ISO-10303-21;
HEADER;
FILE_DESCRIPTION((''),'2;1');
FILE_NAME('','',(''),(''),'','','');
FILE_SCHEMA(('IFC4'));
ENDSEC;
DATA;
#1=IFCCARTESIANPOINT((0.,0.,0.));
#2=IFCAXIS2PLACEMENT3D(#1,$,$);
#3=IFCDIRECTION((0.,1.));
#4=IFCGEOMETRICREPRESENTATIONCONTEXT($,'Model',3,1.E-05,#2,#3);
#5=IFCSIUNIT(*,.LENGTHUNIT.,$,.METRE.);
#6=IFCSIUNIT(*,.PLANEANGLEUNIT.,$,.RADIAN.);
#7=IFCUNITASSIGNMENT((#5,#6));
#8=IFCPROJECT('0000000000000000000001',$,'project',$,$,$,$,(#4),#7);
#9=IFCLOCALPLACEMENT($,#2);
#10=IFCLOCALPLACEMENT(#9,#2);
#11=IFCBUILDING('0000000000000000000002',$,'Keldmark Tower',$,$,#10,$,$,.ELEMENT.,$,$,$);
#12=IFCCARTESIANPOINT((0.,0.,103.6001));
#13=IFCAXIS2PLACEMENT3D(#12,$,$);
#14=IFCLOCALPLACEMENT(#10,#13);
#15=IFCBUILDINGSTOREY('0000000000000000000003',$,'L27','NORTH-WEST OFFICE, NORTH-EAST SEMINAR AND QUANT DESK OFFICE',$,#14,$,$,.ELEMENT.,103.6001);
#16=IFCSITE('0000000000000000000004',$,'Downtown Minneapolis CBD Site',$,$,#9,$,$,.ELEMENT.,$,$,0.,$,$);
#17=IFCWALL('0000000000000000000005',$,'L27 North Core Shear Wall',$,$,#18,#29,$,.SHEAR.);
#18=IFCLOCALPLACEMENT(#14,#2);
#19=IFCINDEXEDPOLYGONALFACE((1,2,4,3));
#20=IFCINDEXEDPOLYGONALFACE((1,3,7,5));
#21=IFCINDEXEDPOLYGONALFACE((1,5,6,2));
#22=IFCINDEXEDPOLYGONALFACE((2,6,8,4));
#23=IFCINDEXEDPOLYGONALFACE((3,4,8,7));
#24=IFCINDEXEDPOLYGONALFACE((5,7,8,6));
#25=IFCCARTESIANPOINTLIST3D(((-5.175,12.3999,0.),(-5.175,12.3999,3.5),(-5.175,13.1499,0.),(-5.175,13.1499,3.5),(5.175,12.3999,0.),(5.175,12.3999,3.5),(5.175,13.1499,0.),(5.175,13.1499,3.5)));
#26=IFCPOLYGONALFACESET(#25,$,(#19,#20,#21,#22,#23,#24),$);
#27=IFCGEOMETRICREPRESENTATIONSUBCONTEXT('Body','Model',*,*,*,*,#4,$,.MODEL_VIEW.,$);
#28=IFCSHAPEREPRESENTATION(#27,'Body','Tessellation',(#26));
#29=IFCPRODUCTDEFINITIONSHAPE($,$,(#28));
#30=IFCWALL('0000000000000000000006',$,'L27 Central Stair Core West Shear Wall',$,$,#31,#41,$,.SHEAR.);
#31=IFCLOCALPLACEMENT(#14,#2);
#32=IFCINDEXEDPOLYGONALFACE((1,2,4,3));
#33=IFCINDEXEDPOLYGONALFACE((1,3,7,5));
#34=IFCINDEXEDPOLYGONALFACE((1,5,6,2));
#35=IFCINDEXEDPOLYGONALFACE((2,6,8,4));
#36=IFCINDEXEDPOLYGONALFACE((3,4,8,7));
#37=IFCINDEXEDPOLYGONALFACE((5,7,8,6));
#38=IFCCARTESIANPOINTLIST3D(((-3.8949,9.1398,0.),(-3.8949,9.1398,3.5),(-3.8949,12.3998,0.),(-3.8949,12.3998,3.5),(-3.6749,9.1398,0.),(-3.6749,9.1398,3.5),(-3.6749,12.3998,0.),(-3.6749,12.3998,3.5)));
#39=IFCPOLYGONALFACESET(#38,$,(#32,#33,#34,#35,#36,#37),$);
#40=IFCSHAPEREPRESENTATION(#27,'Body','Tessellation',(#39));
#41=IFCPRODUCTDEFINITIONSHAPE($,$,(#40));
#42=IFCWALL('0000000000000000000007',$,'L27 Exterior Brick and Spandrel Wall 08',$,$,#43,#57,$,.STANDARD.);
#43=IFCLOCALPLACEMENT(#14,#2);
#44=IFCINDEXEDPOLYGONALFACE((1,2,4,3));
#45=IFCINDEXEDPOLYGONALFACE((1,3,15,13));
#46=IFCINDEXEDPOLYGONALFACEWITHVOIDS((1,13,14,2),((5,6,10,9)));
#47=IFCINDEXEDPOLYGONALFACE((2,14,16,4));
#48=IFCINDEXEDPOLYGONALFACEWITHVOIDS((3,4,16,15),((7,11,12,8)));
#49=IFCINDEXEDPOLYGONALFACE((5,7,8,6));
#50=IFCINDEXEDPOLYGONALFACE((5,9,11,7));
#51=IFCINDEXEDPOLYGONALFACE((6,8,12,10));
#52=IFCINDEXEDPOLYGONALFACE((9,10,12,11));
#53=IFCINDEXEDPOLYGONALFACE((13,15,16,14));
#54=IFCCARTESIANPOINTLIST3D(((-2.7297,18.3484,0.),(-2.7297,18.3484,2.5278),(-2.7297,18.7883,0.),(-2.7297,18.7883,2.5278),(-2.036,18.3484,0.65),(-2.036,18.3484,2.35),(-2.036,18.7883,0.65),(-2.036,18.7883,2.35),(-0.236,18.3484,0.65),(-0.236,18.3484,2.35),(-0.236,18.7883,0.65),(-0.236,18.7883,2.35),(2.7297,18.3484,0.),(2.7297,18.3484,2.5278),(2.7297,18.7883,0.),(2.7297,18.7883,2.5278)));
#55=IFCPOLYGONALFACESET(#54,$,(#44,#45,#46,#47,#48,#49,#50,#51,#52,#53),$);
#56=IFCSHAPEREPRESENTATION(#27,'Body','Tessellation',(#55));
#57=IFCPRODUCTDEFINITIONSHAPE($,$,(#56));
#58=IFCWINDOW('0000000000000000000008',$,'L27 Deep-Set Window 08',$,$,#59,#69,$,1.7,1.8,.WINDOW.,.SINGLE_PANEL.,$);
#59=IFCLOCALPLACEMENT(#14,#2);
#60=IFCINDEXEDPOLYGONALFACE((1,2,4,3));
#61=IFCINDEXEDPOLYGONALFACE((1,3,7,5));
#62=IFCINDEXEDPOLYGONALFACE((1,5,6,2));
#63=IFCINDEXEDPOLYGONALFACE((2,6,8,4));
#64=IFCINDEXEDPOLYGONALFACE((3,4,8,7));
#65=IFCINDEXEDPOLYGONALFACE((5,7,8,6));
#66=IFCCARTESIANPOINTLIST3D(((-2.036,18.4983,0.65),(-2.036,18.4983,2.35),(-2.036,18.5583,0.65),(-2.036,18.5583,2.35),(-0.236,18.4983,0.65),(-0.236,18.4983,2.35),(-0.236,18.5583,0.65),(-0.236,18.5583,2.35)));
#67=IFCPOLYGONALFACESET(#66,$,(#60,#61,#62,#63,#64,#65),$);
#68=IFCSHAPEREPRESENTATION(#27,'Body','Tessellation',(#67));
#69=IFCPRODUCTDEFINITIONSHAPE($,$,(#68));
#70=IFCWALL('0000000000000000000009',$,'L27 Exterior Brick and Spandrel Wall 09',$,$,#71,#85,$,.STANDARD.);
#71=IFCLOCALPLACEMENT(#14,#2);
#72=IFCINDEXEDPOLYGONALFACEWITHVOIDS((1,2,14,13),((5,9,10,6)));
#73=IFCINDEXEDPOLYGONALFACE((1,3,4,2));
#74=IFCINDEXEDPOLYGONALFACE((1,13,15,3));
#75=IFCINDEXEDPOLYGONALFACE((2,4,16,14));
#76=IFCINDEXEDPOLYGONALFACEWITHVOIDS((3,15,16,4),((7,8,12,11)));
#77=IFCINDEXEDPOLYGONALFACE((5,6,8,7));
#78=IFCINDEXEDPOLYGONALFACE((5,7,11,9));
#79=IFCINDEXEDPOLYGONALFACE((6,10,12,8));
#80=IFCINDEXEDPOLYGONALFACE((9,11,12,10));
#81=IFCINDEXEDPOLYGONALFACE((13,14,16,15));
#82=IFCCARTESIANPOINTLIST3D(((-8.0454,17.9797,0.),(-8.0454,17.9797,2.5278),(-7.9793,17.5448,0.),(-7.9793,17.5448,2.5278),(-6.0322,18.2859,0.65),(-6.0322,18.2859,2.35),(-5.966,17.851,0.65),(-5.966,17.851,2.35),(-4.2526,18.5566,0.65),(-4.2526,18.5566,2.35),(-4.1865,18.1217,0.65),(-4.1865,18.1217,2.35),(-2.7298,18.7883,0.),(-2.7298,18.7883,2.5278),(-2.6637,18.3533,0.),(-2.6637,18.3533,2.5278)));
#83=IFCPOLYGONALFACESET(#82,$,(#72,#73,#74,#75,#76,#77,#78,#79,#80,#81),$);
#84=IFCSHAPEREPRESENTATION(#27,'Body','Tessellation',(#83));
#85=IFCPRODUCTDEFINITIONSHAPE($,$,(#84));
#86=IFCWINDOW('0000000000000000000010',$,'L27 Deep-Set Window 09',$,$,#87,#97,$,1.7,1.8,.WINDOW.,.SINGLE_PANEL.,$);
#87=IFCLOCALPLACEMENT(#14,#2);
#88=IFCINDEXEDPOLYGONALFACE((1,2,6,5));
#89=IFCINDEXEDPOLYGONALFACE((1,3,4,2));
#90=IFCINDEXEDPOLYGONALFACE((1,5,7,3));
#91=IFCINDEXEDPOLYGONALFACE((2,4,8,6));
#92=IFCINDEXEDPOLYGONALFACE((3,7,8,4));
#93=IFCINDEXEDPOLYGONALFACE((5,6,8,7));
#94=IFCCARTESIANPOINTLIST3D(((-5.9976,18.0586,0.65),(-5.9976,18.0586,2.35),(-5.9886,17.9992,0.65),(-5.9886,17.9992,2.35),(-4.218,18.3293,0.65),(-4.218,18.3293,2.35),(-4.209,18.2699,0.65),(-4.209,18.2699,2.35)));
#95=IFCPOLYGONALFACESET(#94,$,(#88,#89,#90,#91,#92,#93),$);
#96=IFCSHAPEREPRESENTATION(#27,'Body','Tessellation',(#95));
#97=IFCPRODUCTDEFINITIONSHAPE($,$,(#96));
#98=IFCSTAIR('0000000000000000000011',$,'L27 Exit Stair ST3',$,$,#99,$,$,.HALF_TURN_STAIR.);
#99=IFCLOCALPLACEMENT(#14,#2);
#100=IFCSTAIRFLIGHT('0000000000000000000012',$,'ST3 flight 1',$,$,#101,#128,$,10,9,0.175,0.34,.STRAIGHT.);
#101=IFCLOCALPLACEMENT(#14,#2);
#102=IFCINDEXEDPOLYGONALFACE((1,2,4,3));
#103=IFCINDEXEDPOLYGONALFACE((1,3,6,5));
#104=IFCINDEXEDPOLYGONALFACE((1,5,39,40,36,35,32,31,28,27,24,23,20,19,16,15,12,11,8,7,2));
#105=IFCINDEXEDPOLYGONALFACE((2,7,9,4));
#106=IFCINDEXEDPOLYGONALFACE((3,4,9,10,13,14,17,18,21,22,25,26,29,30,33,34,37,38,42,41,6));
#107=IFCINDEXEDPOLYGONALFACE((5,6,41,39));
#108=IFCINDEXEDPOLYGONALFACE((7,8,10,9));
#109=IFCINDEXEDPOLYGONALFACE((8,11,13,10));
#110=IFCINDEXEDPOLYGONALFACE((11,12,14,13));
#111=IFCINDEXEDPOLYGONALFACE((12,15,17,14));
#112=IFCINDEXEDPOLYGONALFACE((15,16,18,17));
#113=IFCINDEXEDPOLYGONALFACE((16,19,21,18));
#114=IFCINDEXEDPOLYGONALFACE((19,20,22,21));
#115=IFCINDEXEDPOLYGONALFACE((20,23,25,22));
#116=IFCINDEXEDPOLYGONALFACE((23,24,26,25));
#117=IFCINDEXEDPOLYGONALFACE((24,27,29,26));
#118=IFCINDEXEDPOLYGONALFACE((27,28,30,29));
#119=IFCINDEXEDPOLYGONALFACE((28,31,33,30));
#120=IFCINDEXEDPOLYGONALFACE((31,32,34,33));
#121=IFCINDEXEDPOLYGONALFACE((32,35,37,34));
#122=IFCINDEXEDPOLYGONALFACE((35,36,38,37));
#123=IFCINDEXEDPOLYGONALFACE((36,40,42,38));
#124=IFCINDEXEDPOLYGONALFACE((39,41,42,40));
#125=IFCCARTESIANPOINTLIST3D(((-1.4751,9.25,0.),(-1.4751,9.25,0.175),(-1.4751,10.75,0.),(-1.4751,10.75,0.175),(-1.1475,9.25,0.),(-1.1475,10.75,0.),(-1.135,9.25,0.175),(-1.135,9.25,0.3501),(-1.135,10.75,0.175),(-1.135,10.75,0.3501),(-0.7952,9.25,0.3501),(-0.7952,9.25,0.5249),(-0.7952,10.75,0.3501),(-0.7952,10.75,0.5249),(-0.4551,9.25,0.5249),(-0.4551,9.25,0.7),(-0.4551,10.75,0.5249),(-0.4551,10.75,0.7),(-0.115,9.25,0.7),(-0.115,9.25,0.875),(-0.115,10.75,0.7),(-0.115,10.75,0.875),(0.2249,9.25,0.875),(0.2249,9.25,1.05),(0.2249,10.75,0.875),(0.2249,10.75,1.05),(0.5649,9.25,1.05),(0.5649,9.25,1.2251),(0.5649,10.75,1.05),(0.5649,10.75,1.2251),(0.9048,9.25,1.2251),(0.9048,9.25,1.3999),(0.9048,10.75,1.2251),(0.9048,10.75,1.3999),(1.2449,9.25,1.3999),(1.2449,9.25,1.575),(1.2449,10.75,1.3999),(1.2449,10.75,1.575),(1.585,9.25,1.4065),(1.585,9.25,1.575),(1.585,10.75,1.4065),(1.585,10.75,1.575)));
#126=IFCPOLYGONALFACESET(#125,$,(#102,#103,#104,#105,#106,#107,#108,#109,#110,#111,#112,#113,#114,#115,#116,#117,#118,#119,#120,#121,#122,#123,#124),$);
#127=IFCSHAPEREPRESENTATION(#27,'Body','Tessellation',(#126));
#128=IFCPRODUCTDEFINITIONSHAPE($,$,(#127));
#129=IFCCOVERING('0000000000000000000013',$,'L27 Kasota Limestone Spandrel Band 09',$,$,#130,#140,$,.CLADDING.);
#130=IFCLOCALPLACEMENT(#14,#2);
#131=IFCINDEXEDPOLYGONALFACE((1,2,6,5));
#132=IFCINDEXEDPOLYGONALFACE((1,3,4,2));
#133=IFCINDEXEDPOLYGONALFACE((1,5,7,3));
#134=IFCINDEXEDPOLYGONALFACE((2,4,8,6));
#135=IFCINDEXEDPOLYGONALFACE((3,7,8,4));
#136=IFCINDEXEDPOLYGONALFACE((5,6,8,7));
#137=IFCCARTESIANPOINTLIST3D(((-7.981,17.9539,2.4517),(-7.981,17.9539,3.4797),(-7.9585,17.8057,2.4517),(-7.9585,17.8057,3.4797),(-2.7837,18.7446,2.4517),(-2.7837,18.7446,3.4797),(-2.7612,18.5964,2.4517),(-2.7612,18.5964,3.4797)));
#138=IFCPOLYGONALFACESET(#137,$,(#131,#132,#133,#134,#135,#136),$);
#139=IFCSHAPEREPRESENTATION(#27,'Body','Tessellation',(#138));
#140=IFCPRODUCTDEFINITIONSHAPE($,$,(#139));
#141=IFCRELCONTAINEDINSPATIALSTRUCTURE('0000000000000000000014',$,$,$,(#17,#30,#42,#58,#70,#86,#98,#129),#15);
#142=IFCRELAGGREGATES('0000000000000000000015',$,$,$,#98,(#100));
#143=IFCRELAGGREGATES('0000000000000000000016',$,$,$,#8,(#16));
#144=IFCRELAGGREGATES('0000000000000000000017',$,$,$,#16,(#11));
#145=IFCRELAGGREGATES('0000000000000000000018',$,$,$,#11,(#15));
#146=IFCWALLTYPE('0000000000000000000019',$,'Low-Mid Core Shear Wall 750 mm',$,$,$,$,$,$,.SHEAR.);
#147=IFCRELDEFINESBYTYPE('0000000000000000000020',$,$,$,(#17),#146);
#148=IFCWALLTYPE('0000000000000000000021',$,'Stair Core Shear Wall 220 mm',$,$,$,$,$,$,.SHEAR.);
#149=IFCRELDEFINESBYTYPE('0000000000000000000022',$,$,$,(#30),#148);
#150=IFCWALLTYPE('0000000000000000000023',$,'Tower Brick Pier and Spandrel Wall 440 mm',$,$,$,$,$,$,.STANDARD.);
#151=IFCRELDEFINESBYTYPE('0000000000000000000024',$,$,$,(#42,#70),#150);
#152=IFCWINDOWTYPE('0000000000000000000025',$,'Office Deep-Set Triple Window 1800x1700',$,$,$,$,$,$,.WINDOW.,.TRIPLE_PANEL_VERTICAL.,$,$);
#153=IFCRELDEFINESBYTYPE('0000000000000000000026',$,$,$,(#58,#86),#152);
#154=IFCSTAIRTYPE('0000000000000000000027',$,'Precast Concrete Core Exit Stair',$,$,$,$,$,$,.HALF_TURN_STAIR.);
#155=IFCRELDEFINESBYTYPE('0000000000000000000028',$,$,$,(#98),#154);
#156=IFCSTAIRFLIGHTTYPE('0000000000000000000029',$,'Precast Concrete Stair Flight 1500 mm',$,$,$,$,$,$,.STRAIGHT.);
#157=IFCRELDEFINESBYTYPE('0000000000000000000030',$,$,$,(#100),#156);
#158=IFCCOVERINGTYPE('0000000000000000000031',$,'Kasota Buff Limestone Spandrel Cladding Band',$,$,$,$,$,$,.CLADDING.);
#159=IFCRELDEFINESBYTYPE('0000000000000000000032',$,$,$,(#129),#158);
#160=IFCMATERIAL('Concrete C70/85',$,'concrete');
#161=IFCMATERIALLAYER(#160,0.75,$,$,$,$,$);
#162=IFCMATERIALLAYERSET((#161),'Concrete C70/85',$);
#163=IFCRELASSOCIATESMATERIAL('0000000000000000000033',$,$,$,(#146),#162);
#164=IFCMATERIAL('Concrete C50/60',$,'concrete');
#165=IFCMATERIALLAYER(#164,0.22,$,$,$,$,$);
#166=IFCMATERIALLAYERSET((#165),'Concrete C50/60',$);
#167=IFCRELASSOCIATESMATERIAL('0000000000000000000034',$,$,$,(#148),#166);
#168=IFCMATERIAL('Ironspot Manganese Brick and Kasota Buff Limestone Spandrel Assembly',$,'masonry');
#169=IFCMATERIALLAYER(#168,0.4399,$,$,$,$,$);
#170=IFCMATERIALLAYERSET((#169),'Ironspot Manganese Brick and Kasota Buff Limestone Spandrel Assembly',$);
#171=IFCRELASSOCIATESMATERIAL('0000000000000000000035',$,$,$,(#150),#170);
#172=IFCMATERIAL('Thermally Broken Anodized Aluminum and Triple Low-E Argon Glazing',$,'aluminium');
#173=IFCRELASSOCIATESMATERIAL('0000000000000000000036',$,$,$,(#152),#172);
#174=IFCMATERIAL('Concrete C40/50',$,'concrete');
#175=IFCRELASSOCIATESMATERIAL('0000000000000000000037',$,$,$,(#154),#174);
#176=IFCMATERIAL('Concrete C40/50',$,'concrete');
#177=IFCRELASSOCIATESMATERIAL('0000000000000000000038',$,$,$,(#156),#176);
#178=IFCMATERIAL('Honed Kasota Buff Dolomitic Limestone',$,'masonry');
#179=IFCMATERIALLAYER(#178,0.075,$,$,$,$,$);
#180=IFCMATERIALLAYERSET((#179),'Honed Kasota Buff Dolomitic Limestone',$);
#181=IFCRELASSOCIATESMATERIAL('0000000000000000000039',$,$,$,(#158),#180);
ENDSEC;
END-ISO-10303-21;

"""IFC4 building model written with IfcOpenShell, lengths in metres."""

from ifc_helpers import new_model, si_unit, direction, frame, frame_2d, origin, origin_2d, place, context, subcontext, project, spatial, polyline, rectangle, outline, extrude, material, layer, layer_set, type_object, element, fill, aggregate, save


model = new_model("IFC4")

# Units and contexts
model_context = context("Model", 3, precision=1e-05, world=origin(), true_north=direction((0.0, 1.0)))
body_context = subcontext(model_context, "Body", "Model", "MODEL_VIEW")
ifc_project = project(units=[si_unit("LENGTHUNIT", "METRE"), si_unit("PLANEANGLEUNIT", "RADIAN")], contexts=[model_context])

# Site, building, storey
site_placement = place(None, origin())
site = spatial("IfcSite", under=ifc_project, at=site_placement, Name="Downtown Minneapolis CBD Site", CompositionType="ELEMENT", RefElevation=0.0)
building_placement = place(site_placement, origin())
building = spatial("IfcBuilding", under=site, at=building_placement, Name="Keldmark Tower", CompositionType="ELEMENT")
storey_placement = place(building_placement, frame((0.0, 0.0, 103.6001)))
storey = spatial("IfcBuildingStorey", under=building, at=storey_placement, Name="L27", Description="NORTH-WEST OFFICE, NORTH-EAST SEMINAR AND QUANT DESK OFFICE", CompositionType="ELEMENT", Elevation=103.6001)

# Walls
ifc_material_1 = material(Name="Concrete C70/85", Category="concrete")
ifc_layer_1 = layer(ifc_material_1, 0.75)
ifc_layer_set_1 = layer_set([ifc_layer_1], Name="Concrete C70/85")
wall_type_1 = type_object("IfcWallType", Name="Low-Mid Core Shear Wall 750 mm", PredefinedType="SHEAR", material=ifc_layer_set_1)
wall_1_placement = place(storey_placement, frame((-5.175, 12.7749, 0.0), z_axis=(0.0, 0.0, 1.0), x_axis=(1.0, 0.0, 0.0)))
element("IfcWall", 1, at=wall_1_placement, inside=storey, type_object=wall_type_1, Name="L27 North Core Shear Wall", PredefinedType="SHEAR", context=body_context, shape_type="SweptSolid", body=[
    extrude(rectangle(XDim=10.3501, YDim=0.75, at=frame_2d((5.175, 0.0))), origin(), (0.0, 0.0, 1.0), 3.5),
])
ifc_material_2 = material(Name="Concrete C50/60", Category="concrete")
ifc_layer_2 = layer(ifc_material_2, 0.22)
ifc_layer_set_2 = layer_set([ifc_layer_2], Name="Concrete C50/60")
wall_type_2 = type_object("IfcWallType", Name="Stair Core Shear Wall 220 mm", PredefinedType="SHEAR", material=ifc_layer_set_2)
wall_2_placement = place(storey_placement, frame((-3.7849, 9.1399, 0.0), z_axis=(0.0, 0.0, 1.0), x_axis=(0.0, 1.0, 0.0)))
element("IfcWall", 2, at=wall_2_placement, inside=storey, type_object=wall_type_2, Name="L27 Central Stair Core West Shear Wall", PredefinedType="SHEAR", context=body_context, shape_type="SweptSolid", body=[
    extrude(rectangle(XDim=3.26, YDim=0.22, at=frame_2d((1.6299, 0.0))), origin(), (0.0, 0.0, 1.0), 3.5),
])

# Walls, openings, windows
ifc_material_3 = material(Name="Ironspot Manganese Brick and Kasota Buff Limestone Spandrel Assembly", Category="masonry")
ifc_layer_3 = layer(ifc_material_3, 0.4399)
ifc_layer_set_3 = layer_set([ifc_layer_3], Name="Ironspot Manganese Brick and Kasota Buff Limestone Spandrel Assembly")
wall_type_3 = type_object("IfcWallType", Name="Tower Brick Pier and Spandrel Wall 440 mm", PredefinedType="STANDARD", material=ifc_layer_set_3)
wall_3_placement = place(storey_placement, frame((-2.7297, 18.5684, 0.0), z_axis=(0.0, 0.0, 1.0), x_axis=(1.0, 0.0, 0.0)))
wall_3 = element("IfcWall", 3, at=wall_3_placement, inside=storey, type_object=wall_type_3, Name="L27 Exterior Brick and Spandrel Wall 08", PredefinedType="STANDARD", context=body_context, shape_type="SweptSolid", body=[
    extrude(rectangle(XDim=5.4595, YDim=0.4399, at=frame_2d((2.7297, 0.0))), origin(), (0.0, 0.0, 1.0), 2.5278),
])
opening_1_placement = place(wall_3_placement, frame((0.6938, 0.0, 0.6499)))
opening_1 = element("IfcOpeningElement", 4, at=opening_1_placement, cuts=wall_3, PredefinedType="OPENING", context=body_context, shape_type="SweptSolid", body=[
    extrude(rectangle(XDim=1.8, YDim=1.7, at=frame_2d((0.8999, 0.8501))), frame((0.0, 0.23, 0.0), z_axis=(0.0, -1.0, 0.0), x_axis=(1.0, 0.0, 0.0)), (0.0, 0.0, 1.0), 0.46),
])
ifc_material_4 = material(Name="Thermally Broken Anodized Aluminum and Triple Low-E Argon Glazing", Category="aluminium")
window_type = type_object("IfcWindowType", Name="Office Deep-Set Triple Window 1800x1700", PartitioningType="TRIPLE_PANEL_VERTICAL", PredefinedType="WINDOW", material=ifc_material_4)
window_1_placement = place(opening_1_placement, origin())
window_1 = element("IfcWindow", 5, at=window_1_placement, inside=storey, type_object=window_type, Name="L27 Deep-Set Window 08", OverallHeight=1.7, OverallWidth=1.8, PartitioningType="SINGLE_PANEL", PredefinedType="WINDOW", context=body_context, shape_type="SweptSolid", body=[
    extrude(rectangle(XDim=1.8, YDim=1.7, at=frame_2d((0.8999, 0.8501))), frame((0.0, -0.01, 0.0), z_axis=(0.0, -1.0, 0.0), x_axis=(1.0, 0.0, 0.0)), (0.0, 0.0, 1.0), 0.0601),
])
fill(opening_1, window_1)
wall_4_placement = place(storey_placement, frame((-8.0125, 17.7622, 0.0), z_axis=(0.0, 0.0, 1.0), x_axis=(0.988627, 0.150385, 0.0)))
wall_4 = element("IfcWall", 6, at=wall_4_placement, inside=storey, type_object=wall_type_3, Name="L27 Exterior Brick and Spandrel Wall 09", PredefinedType="STANDARD", context=body_context, shape_type="SweptSolid", body=[
    extrude(rectangle(XDim=5.3767, YDim=0.4399, at=frame_2d((2.6885, 0.0))), origin(), (0.0, 0.0, 1.0), 2.5278),
])
opening_2_placement = place(wall_4_placement, frame((2.0366, 0.0, 0.6499)))
opening_2 = element("IfcOpeningElement", 7, at=opening_2_placement, cuts=wall_4, PredefinedType="OPENING", context=body_context, shape_type="SweptSolid", body=[
    extrude(rectangle(XDim=1.8, YDim=1.7, at=frame_2d((0.8999, 0.8501))), frame((0.0, 0.23, 0.0), z_axis=(0.0, -1.0, 0.0), x_axis=(1.0, 0.0, 0.0)), (0.0, 0.0, 1.0), 0.46),
])
window_2_placement = place(opening_2_placement, origin())
window_2 = element("IfcWindow", 8, at=window_2_placement, inside=storey, type_object=window_type, Name="L27 Deep-Set Window 09", OverallHeight=1.7, OverallWidth=1.8, PartitioningType="SINGLE_PANEL", PredefinedType="WINDOW", context=body_context, shape_type="SweptSolid", body=[
    extrude(rectangle(XDim=1.8, YDim=1.7, at=frame_2d((0.8999, 0.8501))), frame((0.0, -0.01, 0.0), z_axis=(0.0, -1.0, 0.0), x_axis=(1.0, 0.0, 0.0)), (0.0, 0.0, 1.0), 0.0601),
])
fill(opening_2, window_2)

# Stair, stair flight
ifc_material_5 = material(Name="Concrete C40/50", Category="concrete")
stair_type = type_object("IfcStairType", Name="Precast Concrete Core Exit Stair", PredefinedType="HALF_TURN_STAIR", material=ifc_material_5)
stair_placement = place(storey_placement, origin())
stair = element("IfcStair", 9, at=stair_placement, inside=storey, type_object=stair_type, Name="L27 Exit Stair ST3", PredefinedType="HALF_TURN_STAIR")
ifc_material_6 = material(Name="Concrete C40/50", Category="concrete")
stair_flight_type = type_object("IfcStairFlightType", Name="Precast Concrete Stair Flight 1500 mm", PredefinedType="STRAIGHT", material=ifc_material_6)
stair_flight_placement = place(storey_placement, frame((-1.4751, 10.0, 0.0), z_axis=(0.0, 0.0, 1.0), x_axis=(1.0, 0.0, 0.0)))
stair_flight = element("IfcStairFlight", 10, at=stair_flight_placement, type_object=stair_flight_type, Name="ST3 flight 1", NumberOfRisers=10, NumberOfTreads=9, PredefinedType="STRAIGHT", RiserHeight=0.175, TreadLength=0.34, context=body_context, shape_type="SweptSolid", body=[
    extrude(outline(polyline([(0.0, 0.0), (0.0, 0.175), (0.3401, 0.175), (0.3401, 0.3501), (0.6799, 0.3501), (0.6799, 0.5249), (1.02, 0.5249), (1.02, 0.7), (1.3601, 0.7), (1.3601, 0.875), (1.7, 0.875), (1.7, 1.05), (2.04, 1.05), (2.04, 1.2251), (2.3799, 1.2251), (2.3799, 1.3999), (2.72, 1.3999), (2.72, 1.575), (3.0601, 1.575), (3.0601, 1.75), (3.0601, 1.4065), (0.3276, 0.0), (0.0, 0.0)])), frame((0.0, 0.75, 0.0), z_axis=(0.0, -1.0, 0.0), x_axis=(1.0, 0.0, 0.0)), (0.0, 0.0, 1.0), 1.5),
])
aggregate(stair, [stair_flight])

# Covering
ifc_material_7 = material(Name="Honed Kasota Buff Dolomitic Limestone", Category="masonry")
ifc_layer_4 = layer(ifc_material_7, 0.075)
ifc_layer_set_4 = layer_set([ifc_layer_4], Name="Honed Kasota Buff Dolomitic Limestone")
covering_type = type_object("IfcCoveringType", Name="Kasota Buff Limestone Spandrel Cladding Band", PredefinedType="CLADDING", material=ifc_layer_set_4)
covering_placement = place(storey_placement, frame((-5.3711, 18.2751, 2.4517), z_axis=(0.0, 0.0, 1.0), x_axis=(-0.988623, -0.150415, 0.0)))
element("IfcCovering", 11, at=covering_placement, inside=storey, type_object=covering_type, Name="L27 Kasota Limestone Spandrel Band 09", PredefinedType="CLADDING", context=body_context, shape_type="SweptSolid", body=[
    extrude(rectangle(XDim=5.2571, YDim=0.1499, at=origin_2d()), origin(), (0.0, 0.0, 1.0), 1.0281),
])

save(model, "model.ifc")
